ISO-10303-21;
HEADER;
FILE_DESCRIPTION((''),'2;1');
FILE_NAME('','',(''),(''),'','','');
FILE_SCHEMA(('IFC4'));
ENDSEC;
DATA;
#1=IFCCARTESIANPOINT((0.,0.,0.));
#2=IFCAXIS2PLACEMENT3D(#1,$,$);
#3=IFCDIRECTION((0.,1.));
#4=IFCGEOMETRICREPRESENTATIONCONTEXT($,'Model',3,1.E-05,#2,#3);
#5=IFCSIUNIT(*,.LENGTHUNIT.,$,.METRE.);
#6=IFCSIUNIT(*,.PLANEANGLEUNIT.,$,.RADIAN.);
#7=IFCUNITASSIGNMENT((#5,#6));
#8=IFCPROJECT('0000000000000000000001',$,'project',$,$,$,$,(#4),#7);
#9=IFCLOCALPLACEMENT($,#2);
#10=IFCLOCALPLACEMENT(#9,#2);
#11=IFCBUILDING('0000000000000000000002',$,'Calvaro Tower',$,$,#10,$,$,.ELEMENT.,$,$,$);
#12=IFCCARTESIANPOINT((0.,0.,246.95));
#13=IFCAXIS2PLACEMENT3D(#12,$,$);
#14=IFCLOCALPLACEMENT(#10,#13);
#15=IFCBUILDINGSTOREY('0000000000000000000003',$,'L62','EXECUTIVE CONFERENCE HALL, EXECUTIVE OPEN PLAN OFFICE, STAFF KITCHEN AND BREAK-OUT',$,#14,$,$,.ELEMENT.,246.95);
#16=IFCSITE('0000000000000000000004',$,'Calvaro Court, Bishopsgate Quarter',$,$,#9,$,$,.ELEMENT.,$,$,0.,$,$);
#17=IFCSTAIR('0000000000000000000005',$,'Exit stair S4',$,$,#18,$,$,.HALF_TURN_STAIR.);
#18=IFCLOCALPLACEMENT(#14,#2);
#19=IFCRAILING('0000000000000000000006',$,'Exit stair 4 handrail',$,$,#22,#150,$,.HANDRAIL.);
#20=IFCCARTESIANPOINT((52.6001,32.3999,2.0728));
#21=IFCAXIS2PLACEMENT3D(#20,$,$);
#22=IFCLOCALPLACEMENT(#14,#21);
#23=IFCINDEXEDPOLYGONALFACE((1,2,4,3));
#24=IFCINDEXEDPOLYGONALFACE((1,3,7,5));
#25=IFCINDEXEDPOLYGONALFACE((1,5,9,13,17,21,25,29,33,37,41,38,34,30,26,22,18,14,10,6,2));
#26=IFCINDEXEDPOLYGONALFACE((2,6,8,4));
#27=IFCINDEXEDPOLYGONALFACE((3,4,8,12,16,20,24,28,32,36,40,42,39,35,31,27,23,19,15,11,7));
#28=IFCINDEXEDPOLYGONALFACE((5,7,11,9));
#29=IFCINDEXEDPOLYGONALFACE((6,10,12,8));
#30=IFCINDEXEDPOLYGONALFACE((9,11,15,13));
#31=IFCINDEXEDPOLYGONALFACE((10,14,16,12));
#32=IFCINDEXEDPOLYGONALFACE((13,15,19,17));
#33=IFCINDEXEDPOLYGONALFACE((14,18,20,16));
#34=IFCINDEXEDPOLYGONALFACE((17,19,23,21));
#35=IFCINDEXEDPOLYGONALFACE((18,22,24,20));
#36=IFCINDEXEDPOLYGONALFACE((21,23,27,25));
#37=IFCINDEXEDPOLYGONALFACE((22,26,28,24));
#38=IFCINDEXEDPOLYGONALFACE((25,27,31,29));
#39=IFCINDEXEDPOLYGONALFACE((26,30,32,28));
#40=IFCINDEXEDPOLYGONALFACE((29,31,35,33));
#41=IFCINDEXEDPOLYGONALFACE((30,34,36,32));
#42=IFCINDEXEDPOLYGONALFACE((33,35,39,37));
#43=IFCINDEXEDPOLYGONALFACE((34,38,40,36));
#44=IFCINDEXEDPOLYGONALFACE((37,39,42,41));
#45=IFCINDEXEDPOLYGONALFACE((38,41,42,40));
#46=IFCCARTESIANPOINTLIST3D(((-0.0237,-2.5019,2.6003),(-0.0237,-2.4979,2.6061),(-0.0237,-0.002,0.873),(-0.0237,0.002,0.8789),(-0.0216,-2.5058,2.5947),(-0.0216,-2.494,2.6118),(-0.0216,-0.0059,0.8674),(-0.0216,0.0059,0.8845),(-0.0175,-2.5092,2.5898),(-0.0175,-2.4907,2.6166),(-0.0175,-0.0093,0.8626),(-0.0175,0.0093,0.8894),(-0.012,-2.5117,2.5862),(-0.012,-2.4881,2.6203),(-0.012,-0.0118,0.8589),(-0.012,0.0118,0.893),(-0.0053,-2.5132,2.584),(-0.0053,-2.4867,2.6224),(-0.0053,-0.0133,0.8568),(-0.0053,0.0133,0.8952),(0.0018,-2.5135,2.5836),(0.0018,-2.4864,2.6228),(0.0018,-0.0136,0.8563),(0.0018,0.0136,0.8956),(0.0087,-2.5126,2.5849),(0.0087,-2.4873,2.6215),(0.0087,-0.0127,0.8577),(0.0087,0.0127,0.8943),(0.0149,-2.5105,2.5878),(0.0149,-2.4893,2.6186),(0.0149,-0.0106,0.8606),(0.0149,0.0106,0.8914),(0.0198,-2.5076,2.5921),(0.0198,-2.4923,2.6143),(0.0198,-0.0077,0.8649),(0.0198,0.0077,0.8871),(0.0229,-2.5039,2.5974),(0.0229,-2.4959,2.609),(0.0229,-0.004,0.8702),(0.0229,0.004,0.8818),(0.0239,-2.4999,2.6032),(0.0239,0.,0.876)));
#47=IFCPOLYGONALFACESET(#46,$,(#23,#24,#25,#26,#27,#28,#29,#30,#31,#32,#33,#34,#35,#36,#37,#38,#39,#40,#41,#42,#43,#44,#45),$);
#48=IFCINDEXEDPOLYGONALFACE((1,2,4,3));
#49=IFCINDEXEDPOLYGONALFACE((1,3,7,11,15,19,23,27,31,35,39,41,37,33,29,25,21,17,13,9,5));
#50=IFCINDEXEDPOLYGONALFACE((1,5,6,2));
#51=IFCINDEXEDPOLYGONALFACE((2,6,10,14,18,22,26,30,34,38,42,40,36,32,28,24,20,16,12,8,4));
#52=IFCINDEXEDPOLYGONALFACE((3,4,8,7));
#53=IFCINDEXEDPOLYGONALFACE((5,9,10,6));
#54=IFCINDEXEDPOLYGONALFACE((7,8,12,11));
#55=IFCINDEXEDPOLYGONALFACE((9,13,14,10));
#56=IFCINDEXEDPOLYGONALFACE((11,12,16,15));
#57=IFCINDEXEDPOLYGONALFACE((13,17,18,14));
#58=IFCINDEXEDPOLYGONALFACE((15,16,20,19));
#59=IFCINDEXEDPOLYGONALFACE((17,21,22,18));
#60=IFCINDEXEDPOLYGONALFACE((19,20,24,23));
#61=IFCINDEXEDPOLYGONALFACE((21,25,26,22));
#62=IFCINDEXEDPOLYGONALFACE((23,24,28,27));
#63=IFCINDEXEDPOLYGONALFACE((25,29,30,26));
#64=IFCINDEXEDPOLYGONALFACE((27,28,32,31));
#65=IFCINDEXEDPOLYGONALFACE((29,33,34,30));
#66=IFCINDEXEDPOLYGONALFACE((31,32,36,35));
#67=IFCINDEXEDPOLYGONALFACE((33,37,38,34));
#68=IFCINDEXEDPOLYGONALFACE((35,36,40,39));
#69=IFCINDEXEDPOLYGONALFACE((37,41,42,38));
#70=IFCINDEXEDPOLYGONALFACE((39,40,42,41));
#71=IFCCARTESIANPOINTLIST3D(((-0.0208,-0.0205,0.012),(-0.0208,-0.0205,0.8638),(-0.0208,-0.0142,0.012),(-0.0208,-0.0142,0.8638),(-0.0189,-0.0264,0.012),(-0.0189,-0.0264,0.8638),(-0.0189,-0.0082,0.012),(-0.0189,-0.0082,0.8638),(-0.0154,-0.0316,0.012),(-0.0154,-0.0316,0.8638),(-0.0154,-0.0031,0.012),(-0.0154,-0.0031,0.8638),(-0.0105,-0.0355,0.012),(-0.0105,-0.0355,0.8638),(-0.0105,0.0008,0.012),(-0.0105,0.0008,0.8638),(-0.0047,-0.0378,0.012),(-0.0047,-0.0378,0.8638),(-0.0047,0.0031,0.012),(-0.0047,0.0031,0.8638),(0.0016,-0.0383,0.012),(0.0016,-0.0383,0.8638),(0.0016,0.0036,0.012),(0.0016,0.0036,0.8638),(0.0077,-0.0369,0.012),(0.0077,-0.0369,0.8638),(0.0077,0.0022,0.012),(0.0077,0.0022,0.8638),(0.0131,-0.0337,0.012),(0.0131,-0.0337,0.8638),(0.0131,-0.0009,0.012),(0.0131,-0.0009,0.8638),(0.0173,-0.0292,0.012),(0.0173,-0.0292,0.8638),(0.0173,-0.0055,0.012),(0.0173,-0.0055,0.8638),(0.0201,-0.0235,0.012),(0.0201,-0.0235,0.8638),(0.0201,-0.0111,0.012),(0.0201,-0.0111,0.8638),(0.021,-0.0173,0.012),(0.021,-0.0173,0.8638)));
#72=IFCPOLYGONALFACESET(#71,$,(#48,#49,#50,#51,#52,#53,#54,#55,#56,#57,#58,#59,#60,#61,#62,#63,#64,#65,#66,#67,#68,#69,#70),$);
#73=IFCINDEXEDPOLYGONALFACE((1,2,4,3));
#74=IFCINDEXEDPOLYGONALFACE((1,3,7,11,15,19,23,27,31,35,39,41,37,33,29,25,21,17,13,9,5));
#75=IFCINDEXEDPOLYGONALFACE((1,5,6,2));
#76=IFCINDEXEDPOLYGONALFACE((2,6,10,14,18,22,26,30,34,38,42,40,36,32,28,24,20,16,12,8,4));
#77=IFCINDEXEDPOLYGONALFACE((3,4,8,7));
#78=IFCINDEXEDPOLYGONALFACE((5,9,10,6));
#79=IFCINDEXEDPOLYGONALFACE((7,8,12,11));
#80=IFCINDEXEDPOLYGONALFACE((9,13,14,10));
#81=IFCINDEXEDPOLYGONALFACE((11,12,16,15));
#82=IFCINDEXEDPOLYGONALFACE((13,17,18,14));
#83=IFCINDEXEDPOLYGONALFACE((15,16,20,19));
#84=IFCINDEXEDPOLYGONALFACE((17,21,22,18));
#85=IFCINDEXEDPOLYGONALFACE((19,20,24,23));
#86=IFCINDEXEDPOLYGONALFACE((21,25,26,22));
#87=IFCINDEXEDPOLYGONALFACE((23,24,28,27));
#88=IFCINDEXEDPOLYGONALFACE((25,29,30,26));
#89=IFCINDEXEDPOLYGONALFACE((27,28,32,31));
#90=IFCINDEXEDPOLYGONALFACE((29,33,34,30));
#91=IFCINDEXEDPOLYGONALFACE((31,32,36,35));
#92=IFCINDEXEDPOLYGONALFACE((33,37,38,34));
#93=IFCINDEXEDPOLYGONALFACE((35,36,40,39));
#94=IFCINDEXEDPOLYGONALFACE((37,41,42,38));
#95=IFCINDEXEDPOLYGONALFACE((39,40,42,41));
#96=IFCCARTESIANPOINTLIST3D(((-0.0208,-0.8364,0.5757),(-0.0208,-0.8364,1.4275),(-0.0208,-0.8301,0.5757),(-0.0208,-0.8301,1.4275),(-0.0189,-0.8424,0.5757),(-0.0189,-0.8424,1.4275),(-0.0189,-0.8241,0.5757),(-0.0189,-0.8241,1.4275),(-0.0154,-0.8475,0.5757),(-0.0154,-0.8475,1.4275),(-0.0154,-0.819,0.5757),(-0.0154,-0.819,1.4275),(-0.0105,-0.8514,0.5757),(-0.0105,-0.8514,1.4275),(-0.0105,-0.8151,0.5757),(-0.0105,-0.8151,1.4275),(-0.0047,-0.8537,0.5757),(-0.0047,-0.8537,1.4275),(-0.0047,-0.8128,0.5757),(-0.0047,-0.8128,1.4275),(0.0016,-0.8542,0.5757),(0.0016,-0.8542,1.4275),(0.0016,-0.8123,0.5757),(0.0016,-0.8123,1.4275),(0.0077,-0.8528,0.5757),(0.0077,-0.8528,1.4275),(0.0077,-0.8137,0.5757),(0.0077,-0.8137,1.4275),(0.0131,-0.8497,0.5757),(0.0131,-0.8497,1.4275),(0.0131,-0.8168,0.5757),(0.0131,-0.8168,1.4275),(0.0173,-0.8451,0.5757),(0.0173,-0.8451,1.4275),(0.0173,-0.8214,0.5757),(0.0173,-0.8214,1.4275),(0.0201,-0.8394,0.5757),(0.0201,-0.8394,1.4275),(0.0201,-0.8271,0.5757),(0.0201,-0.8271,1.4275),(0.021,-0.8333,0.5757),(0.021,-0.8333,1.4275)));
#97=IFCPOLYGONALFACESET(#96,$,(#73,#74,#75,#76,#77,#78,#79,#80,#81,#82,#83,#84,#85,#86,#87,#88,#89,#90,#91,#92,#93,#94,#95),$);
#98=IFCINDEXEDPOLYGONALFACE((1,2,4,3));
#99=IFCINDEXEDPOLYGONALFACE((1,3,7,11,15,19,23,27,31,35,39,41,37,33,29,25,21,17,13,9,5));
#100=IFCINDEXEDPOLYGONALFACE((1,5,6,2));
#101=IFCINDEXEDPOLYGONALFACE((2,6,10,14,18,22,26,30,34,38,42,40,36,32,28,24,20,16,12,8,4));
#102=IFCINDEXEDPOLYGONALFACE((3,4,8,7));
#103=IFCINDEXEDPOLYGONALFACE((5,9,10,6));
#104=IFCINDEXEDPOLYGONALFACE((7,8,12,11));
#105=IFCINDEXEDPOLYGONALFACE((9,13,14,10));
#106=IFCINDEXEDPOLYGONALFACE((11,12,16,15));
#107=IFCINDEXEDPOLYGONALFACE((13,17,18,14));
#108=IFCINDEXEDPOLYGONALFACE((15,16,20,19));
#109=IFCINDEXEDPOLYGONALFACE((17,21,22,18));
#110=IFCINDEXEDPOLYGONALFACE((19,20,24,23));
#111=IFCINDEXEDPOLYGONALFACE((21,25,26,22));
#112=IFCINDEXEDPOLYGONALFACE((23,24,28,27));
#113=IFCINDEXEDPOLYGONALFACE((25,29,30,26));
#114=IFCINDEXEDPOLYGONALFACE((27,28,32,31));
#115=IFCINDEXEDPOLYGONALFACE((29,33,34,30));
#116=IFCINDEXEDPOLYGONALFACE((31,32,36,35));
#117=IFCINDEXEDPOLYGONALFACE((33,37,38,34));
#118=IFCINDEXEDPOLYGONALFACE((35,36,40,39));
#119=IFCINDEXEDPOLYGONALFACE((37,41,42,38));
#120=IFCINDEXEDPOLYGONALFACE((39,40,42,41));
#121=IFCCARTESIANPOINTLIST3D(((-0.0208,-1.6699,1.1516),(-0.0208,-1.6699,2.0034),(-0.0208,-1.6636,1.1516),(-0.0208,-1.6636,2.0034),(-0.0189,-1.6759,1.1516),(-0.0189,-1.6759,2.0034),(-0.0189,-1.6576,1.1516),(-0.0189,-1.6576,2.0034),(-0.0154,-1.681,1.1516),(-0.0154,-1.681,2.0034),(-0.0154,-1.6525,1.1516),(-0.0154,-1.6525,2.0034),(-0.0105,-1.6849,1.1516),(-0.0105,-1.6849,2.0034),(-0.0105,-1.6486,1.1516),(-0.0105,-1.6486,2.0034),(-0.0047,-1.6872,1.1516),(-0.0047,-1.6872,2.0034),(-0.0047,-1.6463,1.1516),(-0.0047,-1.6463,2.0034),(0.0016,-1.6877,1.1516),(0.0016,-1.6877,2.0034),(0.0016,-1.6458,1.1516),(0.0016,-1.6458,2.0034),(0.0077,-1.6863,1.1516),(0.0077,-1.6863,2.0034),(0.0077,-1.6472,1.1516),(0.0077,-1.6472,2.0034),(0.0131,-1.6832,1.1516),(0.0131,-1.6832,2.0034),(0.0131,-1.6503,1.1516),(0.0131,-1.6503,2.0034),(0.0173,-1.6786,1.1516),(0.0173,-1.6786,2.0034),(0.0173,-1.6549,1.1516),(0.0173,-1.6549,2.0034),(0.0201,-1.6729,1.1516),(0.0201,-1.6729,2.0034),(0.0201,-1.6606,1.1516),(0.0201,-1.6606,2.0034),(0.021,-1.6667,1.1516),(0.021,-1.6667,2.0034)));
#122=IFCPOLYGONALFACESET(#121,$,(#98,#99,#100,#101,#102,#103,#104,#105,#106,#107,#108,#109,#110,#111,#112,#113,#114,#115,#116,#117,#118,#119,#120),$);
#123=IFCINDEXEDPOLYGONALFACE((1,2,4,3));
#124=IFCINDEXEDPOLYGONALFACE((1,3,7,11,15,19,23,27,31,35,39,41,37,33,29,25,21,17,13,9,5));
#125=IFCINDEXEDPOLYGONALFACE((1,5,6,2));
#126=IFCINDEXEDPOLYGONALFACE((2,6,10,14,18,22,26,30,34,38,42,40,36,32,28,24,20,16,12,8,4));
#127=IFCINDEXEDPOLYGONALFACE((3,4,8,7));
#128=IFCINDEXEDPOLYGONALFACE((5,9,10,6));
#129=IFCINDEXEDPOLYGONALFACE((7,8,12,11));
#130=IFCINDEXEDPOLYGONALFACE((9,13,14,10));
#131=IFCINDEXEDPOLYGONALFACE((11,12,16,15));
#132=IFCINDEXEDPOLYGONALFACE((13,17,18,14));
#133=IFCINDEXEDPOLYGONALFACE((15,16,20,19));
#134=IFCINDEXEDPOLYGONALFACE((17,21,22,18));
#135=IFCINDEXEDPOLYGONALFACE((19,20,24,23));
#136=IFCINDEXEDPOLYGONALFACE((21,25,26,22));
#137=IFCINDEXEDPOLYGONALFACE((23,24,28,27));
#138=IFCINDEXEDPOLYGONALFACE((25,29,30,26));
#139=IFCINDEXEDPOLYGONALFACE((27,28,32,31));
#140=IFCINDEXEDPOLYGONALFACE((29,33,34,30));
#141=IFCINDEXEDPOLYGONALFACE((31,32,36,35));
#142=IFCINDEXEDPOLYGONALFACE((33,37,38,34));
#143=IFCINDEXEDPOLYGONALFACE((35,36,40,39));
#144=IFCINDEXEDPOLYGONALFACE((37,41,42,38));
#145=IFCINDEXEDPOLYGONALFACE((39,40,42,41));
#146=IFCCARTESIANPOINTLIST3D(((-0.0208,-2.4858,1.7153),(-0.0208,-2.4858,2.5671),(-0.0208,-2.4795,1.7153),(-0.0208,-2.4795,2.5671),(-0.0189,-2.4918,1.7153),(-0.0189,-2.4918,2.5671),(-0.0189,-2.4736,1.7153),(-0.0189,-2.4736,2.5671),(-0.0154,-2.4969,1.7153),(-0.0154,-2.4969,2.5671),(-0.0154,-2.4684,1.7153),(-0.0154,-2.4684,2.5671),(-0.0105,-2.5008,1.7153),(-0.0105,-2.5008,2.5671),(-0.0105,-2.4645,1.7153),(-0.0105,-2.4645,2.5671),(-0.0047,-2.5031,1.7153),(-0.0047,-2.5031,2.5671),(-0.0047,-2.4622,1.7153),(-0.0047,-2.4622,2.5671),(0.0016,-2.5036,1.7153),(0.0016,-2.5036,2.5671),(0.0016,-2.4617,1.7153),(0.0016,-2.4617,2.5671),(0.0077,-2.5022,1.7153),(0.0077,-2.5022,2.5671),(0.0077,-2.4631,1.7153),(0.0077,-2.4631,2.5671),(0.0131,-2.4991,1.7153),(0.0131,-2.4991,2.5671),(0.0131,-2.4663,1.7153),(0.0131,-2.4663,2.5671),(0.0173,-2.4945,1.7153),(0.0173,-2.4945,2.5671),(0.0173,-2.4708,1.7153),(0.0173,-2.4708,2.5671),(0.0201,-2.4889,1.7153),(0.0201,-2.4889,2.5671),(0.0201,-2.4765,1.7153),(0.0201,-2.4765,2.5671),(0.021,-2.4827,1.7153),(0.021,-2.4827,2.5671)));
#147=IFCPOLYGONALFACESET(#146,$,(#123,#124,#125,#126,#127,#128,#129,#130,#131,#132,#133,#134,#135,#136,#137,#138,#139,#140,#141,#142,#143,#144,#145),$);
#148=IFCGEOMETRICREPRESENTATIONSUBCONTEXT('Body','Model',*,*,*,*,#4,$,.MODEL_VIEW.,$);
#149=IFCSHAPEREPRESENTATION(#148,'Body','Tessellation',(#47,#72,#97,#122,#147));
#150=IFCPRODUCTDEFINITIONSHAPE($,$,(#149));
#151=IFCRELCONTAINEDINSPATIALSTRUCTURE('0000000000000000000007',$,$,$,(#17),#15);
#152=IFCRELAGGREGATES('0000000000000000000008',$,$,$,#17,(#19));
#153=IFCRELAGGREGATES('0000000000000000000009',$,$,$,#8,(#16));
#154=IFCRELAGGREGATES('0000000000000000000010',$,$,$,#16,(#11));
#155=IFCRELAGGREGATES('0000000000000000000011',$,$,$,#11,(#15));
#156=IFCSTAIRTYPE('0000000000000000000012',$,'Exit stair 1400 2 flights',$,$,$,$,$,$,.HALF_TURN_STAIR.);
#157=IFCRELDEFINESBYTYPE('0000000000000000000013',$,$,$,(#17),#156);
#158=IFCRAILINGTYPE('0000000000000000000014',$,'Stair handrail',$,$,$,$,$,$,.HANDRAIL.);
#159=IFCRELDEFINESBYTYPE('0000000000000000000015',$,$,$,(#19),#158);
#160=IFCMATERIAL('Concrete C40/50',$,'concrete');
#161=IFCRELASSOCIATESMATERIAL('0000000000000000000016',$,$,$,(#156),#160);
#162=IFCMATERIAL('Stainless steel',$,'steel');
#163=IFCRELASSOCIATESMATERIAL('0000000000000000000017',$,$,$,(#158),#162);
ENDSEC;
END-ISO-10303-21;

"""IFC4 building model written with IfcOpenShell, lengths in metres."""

from ifc_helpers import new_model, si_unit, direction, frame, origin, origin_2d, place, context, subcontext, project, spatial, circle, extrude, material, type_object, element, aggregate, save


model = new_model("IFC4")

# Units and contexts
model_context = context("Model", 3, precision=1e-05, world=origin(), true_north=direction((0.0, 1.0)))
body_context = subcontext(model_context, "Body", "Model", "MODEL_VIEW")
ifc_project = project(units=[si_unit("LENGTHUNIT", "METRE"), si_unit("PLANEANGLEUNIT", "RADIAN")], contexts=[model_context])

# Site, building, storey
site_placement = place(None, origin())
site = spatial("IfcSite", under=ifc_project, at=site_placement, Name="Calvaro Court, Bishopsgate Quarter", CompositionType="ELEMENT", RefElevation=0.0)
building_placement = place(site_placement, origin())
building = spatial("IfcBuilding", under=site, at=building_placement, Name="Calvaro Tower", CompositionType="ELEMENT")
storey_placement = place(building_placement, frame((0.0, 0.0, 246.95)))
storey = spatial("IfcBuildingStorey", under=building, at=storey_placement, Name="L62", Description="EXECUTIVE CONFERENCE HALL, EXECUTIVE OPEN PLAN OFFICE, STAFF KITCHEN AND BREAK-OUT", CompositionType="ELEMENT", Elevation=246.95)

# Stair
ifc_material_1 = material(Name="Concrete C40/50", Category="concrete")
stair_type = type_object("IfcStairType", Name="Exit stair 1400 2 flights", PredefinedType="HALF_TURN_STAIR", material=ifc_material_1)
stair_1_placement = place(storey_placement, origin())
stair_1 = element("IfcStair", 1, at=stair_1_placement, inside=storey, type_object=stair_type, Name="Exit stair S4", PredefinedType="HALF_TURN_STAIR")

# Railing
ifc_material_2 = material(Name="Stainless steel", Category="steel")
railing_type = type_object("IfcRailingType", Name="Stair handrail", PredefinedType="HANDRAIL", material=ifc_material_2)
railing_1_placement = place(storey_placement, frame((52.6001, 32.3999, 2.0728)))
railing_1 = element("IfcRailing", 2, at=railing_1_placement, type_object=railing_type, Name="Exit stair 4 handrail", PredefinedType="HANDRAIL", context=body_context, shape_type="SweptSolid", body=[
    extrude(circle(Radius=0.0239, at=origin_2d()), frame((0.0, 0.0, 0.876), z_axis=(0.0, -0.822727, 0.568437), x_axis=(1.0, 0.0, 0.0)), (0.0, 0.0, 1.0), 3.0386),
    extrude(circle(Radius=0.021, at=origin_2d()), frame((0.0, -0.0173, 0.012)), (0.0, 0.0, 1.0), 0.8518),
    extrude(circle(Radius=0.021, at=origin_2d()), frame((0.0, -0.8333, 0.5757)), (0.0, 0.0, 1.0), 0.8518),
    extrude(circle(Radius=0.021, at=origin_2d()), frame((0.0, -1.6667, 1.1516)), (0.0, 0.0, 1.0), 0.8518),
    extrude(circle(Radius=0.021, at=origin_2d()), frame((0.0, -2.4827, 1.7153)), (0.0, 0.0, 1.0), 0.8518),
])
aggregate(stair_1, [railing_1])

save(model, "model.ifc")
